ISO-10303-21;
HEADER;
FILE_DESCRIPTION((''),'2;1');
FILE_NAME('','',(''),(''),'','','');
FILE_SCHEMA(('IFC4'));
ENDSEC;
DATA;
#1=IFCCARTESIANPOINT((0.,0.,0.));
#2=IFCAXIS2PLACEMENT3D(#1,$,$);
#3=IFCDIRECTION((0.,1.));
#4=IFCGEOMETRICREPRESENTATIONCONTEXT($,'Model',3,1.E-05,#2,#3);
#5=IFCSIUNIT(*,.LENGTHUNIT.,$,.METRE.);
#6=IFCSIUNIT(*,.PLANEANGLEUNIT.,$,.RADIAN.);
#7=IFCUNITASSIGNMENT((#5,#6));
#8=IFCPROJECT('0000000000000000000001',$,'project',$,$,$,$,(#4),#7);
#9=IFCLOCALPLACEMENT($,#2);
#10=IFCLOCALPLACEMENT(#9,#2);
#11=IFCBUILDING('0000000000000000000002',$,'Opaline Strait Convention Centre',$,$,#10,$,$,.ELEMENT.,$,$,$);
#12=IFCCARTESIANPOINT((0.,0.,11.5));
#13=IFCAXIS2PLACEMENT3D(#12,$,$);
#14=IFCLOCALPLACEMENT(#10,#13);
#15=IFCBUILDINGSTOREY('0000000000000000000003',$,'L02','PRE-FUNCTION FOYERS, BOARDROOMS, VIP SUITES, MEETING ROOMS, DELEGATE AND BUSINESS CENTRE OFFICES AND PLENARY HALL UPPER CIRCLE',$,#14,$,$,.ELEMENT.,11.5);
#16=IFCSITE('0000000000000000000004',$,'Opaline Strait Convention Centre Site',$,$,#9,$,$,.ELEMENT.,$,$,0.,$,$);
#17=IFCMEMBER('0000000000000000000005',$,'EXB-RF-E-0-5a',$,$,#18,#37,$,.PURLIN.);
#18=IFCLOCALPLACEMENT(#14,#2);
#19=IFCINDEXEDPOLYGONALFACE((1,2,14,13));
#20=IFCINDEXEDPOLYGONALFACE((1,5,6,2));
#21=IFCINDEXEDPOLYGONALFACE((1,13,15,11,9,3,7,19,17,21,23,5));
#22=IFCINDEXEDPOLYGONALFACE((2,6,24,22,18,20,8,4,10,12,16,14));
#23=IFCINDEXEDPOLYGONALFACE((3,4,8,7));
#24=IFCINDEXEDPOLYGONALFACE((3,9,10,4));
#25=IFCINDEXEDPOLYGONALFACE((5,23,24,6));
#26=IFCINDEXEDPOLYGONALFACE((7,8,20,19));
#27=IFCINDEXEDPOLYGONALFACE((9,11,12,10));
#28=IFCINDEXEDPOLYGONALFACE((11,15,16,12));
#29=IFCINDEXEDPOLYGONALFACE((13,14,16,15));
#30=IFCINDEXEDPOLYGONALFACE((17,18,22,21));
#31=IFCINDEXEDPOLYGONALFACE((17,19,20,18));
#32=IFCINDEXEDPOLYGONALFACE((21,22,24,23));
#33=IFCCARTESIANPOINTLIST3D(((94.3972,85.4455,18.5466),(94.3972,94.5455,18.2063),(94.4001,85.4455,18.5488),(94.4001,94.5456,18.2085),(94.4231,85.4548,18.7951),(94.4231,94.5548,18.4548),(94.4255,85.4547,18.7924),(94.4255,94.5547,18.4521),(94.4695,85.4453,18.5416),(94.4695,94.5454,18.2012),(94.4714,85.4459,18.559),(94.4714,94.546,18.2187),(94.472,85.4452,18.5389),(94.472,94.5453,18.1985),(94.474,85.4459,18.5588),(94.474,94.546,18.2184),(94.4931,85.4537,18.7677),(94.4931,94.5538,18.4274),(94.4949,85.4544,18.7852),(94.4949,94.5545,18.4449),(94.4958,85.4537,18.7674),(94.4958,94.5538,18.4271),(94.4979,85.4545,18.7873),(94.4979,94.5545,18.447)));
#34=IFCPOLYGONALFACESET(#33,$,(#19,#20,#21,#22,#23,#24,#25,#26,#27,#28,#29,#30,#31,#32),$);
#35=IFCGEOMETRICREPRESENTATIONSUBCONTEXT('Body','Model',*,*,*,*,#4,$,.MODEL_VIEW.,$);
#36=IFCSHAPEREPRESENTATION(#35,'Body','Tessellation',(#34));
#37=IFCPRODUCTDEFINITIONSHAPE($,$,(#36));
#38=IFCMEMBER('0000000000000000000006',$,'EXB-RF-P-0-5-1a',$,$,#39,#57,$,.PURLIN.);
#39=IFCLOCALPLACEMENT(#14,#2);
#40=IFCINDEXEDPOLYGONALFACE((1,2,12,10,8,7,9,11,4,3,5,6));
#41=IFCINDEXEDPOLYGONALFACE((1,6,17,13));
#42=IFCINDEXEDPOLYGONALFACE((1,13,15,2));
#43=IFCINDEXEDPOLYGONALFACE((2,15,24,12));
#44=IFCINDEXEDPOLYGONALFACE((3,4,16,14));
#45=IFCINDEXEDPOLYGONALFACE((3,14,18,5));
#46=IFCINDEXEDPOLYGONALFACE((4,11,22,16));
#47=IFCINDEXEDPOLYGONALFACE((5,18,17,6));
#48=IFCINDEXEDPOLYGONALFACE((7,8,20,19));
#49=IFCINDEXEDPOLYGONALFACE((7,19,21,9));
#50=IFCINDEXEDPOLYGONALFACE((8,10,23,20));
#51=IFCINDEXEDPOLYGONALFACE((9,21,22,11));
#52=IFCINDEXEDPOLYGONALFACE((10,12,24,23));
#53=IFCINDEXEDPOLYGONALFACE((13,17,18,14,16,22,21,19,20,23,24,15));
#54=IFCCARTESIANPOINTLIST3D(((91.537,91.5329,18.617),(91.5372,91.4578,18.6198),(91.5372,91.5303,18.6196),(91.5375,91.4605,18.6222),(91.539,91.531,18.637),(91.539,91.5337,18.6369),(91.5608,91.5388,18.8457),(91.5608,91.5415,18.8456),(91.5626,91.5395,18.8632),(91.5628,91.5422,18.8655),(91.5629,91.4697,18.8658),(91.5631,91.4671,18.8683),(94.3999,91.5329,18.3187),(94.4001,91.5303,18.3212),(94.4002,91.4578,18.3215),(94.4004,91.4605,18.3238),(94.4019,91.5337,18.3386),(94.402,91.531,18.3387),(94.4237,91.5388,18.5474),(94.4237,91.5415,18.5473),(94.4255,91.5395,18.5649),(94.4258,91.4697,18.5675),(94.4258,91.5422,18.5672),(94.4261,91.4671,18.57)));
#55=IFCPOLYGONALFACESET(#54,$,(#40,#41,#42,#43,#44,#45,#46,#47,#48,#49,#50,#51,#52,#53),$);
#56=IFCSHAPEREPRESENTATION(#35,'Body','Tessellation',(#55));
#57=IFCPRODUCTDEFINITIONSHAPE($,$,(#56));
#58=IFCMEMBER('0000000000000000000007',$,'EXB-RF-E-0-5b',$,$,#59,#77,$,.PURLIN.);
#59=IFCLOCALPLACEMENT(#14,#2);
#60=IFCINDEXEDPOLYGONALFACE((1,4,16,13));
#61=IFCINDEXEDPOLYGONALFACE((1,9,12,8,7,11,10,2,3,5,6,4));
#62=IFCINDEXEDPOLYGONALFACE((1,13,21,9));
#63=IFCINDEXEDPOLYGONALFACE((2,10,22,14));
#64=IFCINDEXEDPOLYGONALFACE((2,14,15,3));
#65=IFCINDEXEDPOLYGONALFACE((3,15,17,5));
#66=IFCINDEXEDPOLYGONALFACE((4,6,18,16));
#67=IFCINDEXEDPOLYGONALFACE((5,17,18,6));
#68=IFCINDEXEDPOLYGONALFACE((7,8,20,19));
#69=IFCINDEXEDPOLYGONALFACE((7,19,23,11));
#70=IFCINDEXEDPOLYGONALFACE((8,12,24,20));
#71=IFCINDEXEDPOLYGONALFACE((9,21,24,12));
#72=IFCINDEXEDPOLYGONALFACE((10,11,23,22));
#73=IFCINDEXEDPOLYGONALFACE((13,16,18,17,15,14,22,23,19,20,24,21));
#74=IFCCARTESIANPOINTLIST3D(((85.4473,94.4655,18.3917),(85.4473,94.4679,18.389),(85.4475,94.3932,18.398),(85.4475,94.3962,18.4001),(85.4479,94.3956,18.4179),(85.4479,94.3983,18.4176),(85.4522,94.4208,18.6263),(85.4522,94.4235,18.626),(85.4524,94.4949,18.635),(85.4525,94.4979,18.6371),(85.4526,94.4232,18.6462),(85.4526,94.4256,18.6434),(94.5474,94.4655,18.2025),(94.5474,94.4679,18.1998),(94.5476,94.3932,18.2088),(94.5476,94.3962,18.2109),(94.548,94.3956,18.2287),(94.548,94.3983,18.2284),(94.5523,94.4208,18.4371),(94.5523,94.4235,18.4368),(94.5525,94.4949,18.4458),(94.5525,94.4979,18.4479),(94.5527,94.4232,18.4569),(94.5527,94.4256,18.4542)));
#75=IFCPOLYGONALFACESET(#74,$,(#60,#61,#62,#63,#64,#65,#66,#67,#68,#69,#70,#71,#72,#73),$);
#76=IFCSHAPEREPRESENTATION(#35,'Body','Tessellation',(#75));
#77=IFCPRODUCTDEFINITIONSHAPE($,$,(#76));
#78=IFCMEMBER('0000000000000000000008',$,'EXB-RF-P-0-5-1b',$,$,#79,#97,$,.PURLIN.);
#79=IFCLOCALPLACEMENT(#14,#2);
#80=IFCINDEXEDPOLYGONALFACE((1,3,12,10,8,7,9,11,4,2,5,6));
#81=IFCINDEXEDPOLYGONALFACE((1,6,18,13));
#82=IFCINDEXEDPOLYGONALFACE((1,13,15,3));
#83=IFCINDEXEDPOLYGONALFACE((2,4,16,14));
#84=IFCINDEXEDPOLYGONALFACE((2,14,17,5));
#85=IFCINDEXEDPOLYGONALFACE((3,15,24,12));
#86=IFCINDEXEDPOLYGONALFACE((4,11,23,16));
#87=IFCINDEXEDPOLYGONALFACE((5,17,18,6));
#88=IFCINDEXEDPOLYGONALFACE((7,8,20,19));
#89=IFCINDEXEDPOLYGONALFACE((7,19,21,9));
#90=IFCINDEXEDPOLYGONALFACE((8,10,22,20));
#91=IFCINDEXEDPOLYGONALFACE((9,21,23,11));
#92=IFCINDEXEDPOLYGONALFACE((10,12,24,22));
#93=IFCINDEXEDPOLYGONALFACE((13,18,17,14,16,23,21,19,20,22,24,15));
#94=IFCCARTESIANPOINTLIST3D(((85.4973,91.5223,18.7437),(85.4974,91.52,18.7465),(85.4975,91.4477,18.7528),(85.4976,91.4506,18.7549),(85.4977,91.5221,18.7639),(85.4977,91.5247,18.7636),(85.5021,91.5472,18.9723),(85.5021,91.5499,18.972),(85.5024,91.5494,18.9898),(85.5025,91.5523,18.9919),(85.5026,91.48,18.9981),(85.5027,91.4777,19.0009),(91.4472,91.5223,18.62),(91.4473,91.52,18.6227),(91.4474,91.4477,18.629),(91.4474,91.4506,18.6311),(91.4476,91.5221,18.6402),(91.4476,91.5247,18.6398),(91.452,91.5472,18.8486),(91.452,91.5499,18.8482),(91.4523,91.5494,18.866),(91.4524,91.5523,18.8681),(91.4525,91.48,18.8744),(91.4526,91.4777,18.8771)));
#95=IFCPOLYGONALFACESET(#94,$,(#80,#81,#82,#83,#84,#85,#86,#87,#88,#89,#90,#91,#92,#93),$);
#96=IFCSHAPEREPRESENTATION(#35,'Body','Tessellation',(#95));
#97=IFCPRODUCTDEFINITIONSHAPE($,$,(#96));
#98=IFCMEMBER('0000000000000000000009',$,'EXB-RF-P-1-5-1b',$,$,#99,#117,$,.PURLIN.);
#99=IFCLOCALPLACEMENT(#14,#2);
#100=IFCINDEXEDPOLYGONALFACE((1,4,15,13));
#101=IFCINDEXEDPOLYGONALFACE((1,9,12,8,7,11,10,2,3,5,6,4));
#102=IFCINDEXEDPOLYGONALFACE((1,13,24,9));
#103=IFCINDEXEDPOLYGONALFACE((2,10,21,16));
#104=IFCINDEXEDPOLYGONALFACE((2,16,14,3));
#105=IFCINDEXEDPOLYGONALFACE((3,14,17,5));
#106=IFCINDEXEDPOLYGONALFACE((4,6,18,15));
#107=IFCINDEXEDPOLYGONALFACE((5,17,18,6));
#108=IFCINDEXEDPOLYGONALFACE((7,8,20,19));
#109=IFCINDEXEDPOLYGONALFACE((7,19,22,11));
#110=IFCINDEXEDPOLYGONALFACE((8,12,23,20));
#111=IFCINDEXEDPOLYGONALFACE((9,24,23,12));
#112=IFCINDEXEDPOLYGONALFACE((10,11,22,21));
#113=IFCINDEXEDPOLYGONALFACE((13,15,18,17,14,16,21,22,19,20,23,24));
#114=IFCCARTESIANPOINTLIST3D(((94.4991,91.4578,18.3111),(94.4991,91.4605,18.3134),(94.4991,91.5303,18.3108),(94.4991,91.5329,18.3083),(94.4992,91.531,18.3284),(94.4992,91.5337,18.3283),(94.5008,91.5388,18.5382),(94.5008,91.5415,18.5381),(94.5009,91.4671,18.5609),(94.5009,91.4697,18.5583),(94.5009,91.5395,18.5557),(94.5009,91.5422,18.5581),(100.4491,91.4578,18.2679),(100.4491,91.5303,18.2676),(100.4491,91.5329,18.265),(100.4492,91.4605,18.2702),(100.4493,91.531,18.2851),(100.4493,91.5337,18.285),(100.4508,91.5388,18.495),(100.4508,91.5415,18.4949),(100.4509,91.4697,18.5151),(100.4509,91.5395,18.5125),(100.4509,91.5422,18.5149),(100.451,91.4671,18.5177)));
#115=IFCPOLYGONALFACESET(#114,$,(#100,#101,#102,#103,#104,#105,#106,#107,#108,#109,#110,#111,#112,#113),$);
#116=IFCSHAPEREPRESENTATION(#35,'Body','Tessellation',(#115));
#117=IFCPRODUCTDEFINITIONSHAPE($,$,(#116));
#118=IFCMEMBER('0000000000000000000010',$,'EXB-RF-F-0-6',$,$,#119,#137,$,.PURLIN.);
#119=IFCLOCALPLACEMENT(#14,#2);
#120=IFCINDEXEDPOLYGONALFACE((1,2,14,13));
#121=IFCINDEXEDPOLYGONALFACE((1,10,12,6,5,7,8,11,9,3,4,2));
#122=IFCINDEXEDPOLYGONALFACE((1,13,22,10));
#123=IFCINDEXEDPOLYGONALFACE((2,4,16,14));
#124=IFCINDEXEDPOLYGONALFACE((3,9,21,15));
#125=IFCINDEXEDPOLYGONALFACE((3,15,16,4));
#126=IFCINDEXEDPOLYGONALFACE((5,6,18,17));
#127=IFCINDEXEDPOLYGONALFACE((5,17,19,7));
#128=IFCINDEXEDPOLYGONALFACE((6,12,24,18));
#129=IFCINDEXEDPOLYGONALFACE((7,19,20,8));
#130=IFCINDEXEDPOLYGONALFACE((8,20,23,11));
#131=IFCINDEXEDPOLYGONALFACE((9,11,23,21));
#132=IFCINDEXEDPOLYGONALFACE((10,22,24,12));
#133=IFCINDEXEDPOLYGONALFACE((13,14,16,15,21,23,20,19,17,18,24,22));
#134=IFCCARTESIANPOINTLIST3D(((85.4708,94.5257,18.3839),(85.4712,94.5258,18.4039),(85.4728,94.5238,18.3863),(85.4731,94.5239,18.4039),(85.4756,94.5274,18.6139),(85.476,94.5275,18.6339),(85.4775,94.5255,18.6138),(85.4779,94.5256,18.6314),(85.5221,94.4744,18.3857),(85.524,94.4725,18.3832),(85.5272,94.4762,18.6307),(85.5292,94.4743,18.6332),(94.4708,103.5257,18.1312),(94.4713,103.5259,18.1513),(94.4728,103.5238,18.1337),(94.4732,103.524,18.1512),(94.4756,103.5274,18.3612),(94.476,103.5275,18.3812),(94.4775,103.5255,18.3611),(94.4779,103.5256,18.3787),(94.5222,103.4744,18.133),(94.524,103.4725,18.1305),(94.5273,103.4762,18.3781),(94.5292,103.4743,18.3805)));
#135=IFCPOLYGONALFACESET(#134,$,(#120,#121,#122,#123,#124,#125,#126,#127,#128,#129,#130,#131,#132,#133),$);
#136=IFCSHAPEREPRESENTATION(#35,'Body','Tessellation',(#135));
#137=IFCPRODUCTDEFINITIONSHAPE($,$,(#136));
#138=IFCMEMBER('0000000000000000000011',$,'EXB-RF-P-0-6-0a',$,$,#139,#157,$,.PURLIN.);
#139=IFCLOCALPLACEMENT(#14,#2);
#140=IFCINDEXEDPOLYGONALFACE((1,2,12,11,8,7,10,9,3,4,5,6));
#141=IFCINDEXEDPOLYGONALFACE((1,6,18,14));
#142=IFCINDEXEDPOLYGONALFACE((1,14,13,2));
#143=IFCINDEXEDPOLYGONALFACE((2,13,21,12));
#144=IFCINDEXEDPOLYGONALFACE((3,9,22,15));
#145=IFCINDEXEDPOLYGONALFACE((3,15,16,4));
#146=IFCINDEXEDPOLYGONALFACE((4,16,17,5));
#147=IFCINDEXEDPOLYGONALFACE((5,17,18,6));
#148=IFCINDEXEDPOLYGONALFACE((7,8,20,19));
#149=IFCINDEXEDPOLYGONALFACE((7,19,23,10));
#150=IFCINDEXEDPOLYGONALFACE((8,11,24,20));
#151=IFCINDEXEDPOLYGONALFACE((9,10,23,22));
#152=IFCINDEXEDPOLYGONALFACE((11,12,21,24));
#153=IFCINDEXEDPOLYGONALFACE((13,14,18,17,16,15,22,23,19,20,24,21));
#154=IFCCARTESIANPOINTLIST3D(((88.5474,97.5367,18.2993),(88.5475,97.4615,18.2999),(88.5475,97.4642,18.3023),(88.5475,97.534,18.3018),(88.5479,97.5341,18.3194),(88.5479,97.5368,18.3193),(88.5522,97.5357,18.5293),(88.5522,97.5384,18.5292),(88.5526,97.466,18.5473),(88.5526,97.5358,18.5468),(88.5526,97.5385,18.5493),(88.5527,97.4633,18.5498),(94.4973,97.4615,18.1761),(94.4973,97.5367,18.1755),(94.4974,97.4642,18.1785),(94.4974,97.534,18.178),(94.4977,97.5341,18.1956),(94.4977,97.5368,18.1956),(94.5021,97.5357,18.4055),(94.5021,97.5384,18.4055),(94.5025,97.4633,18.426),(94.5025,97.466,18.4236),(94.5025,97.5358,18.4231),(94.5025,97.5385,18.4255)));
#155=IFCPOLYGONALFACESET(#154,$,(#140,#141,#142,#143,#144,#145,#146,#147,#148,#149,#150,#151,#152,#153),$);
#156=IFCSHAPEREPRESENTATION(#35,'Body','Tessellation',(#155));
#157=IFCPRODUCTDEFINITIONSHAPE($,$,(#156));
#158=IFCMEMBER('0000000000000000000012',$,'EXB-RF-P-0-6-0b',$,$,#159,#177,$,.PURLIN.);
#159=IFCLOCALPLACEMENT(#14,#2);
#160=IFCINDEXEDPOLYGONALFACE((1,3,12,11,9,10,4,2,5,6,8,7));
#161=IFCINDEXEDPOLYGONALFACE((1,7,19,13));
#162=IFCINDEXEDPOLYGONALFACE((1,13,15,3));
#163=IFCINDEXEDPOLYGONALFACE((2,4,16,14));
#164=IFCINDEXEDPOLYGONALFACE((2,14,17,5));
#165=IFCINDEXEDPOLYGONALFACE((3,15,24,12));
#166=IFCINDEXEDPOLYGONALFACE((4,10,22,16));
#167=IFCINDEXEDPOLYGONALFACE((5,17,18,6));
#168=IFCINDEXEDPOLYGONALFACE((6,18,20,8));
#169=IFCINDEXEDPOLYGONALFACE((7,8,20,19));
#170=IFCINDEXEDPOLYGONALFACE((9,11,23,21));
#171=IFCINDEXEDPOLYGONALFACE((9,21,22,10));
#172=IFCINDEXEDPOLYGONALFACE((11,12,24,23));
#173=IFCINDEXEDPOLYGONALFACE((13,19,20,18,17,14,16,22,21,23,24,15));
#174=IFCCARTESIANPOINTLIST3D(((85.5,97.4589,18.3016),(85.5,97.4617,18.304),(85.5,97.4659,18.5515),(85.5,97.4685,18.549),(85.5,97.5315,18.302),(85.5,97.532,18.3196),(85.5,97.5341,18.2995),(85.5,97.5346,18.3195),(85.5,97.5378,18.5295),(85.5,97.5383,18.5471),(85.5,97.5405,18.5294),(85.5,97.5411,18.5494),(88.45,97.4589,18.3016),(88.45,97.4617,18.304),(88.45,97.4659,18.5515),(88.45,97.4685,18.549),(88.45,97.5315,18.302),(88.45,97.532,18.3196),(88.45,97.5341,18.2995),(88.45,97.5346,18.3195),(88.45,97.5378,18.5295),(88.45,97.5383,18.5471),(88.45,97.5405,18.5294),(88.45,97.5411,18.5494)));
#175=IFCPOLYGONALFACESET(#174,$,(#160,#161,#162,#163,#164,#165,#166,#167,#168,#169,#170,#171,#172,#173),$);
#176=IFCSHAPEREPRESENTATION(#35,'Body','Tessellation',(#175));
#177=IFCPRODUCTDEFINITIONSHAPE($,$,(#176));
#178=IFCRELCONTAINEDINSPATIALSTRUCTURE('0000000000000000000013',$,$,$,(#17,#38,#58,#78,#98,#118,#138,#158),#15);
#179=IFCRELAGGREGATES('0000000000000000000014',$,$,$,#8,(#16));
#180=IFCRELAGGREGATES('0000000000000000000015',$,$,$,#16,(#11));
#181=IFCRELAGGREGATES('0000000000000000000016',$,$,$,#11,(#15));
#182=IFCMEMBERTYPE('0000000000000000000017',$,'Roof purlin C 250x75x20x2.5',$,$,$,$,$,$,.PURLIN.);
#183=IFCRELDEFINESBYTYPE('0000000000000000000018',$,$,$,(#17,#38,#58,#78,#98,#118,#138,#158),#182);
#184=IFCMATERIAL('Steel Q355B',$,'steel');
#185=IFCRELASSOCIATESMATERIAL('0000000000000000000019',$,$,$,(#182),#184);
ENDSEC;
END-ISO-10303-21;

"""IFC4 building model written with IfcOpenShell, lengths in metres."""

from ifc_helpers import new_model, si_unit, direction, frame, origin, place, context, subcontext, project, spatial, polyline, outline, extrude, material, material_profile, profile_set, type_object, element, save


model = new_model("IFC4")

# Units and contexts
model_context = context("Model", 3, precision=1e-05, world=origin(), true_north=direction((0.0, 1.0)))
body_context = subcontext(model_context, "Body", "Model", "MODEL_VIEW")
ifc_project = project(units=[si_unit("LENGTHUNIT", "METRE"), si_unit("PLANEANGLEUNIT", "RADIAN")], contexts=[model_context])

# Site, building, storey
site_placement = place(None, origin())
site = spatial("IfcSite", under=ifc_project, at=site_placement, Name="Opaline Strait Convention Centre Site", CompositionType="ELEMENT", RefElevation=0.0)
building_placement = place(site_placement, origin())
building = spatial("IfcBuilding", under=site, at=building_placement, Name="Opaline Strait Convention Centre", CompositionType="ELEMENT")
storey_placement = place(building_placement, frame((0.0, 0.0, 11.5)))
storey = spatial("IfcBuildingStorey", under=building, at=storey_placement, Name="L02", Description="PRE-FUNCTION FOYERS, BOARDROOMS, VIP SUITES, MEETING ROOMS, DELEGATE AND BUSINESS CENTRE OFFICES AND PLENARY HALL UPPER CIRCLE", CompositionType="ELEMENT", Elevation=11.5)

# Members
ifc_material_1 = material(Name="Steel Q355B", Category="steel")
ifc_material_profile_1 = material_profile(ifc_material_1, outline(polyline([(-0.0376, -0.125), (0.0376, -0.125), (0.0376, -0.105), (0.0349, -0.105), (0.0349, -0.1226), (-0.0349, -0.1226), (-0.0349, 0.1226), (0.0349, 0.1226), (0.0349, 0.105), (0.0376, 0.105), (0.0376, 0.125), (-0.0376, 0.125), (-0.0376, -0.125)])), Name="C 250x75x20x2.5")
ifc_profile_set_1 = profile_set([ifc_material_profile_1], Name="Steel Q355B")
member_type_1 = type_object("IfcMemberType", Name="Roof purlin C 250x75x20x2.5", PredefinedType="PURLIN", material=ifc_profile_set_1)
member_1_placement = place(storey_placement, frame((94.4475, 94.55, 18.3267), z_axis=(0.0, -0.999301, 0.037373), x_axis=(0.99462, -0.003871, -0.103515)))
element("IfcMember", 1, at=member_1_placement, inside=storey, type_object=member_type_1, Name="EXB-RF-E-0-5a", PredefinedType="PURLIN", context=body_context, shape_type="SweptSolid", body=[
    extrude(outline(polyline([(-0.0376, -0.125), (0.0376, -0.125), (0.0376, -0.105), (0.0349, -0.105), (0.0349, -0.1226), (-0.0349, -0.1226), (-0.0349, 0.1226), (0.0349, 0.1226), (0.0349, 0.105), (0.0376, 0.105), (0.0376, 0.125), (-0.0376, 0.125), (-0.0376, -0.125)])), origin(), (0.0, 0.0, 1.0), 9.1064),
])
member_2_placement = place(storey_placement, frame((91.55, 91.5, 18.7427), z_axis=(0.994615, 0.0, -0.103643), x_axis=(-0.003871, 0.999302, -0.037151)))
element("IfcMember", 2, at=member_2_placement, inside=storey, type_object=member_type_1, Name="EXB-RF-P-0-5-1a", PredefinedType="PURLIN", context=body_context, shape_type="SweptSolid", body=[
    extrude(outline(polyline([(-0.0376, -0.125), (0.0376, -0.125), (0.0376, -0.105), (0.0349, -0.105), (0.0349, -0.1226), (-0.0349, -0.1226), (-0.0349, 0.1226), (0.0349, 0.1226), (0.0349, 0.105), (0.0376, 0.105), (0.0376, 0.125), (-0.0376, 0.125), (-0.0376, -0.125)])), origin(), (0.0, 0.0, 1.0), 2.8784),
])
member_3_placement = place(storey_placement, frame((94.55, 94.4456, 18.3284), z_axis=(-0.999784, 0.0, 0.020787), x_axis=(0.002492, -0.992786, 0.11987)))
element("IfcMember", 3, at=member_3_placement, inside=storey, type_object=member_type_1, Name="EXB-RF-E-0-5b", PredefinedType="PURLIN", context=body_context, shape_type="SweptSolid", body=[
    extrude(outline(polyline([(-0.0376, -0.125), (0.0376, -0.125), (0.0376, -0.105), (0.0349, -0.105), (0.0349, -0.1226), (-0.0349, -0.1226), (-0.0349, 0.1226), (0.0349, 0.1226), (0.0349, 0.105), (0.0376, 0.105), (0.0376, 0.125), (-0.0376, 0.125), (-0.0376, -0.125)])), origin(), (0.0, 0.0, 1.0), 9.1021),
])
member_4_placement = place(storey_placement, frame((85.5, 91.5, 18.8723), z_axis=(0.999784, 0.0, -0.020799), x_axis=(-0.002494, 0.992783, -0.119896)))
element("IfcMember", 4, at=member_4_placement, inside=storey, type_object=member_type_1, Name="EXB-RF-P-0-5-1b", PredefinedType="PURLIN", context=body_context, shape_type="SweptSolid", body=[
    extrude(outline(polyline([(-0.0376, -0.125), (0.0376, -0.125), (0.0376, -0.105), (0.0349, -0.105), (0.0349, -0.1226), (-0.0349, -0.1226), (-0.0349, 0.1226), (0.0349, 0.1226), (0.0349, 0.105), (0.0376, 0.105), (0.0376, 0.125), (-0.0376, 0.125), (-0.0376, -0.125)])), origin(), (0.0, 0.0, 1.0), 5.9512),
])
member_5_placement = place(storey_placement, frame((94.5, 91.5, 18.4346), z_axis=(0.999974, 0.0, -0.007263), x_axis=(-0.000271, 0.999302, -0.037351)))
element("IfcMember", 5, at=member_5_placement, inside=storey, type_object=member_type_1, Name="EXB-RF-P-1-5-1b", PredefinedType="PURLIN", context=body_context, shape_type="SweptSolid", body=[
    extrude(outline(polyline([(-0.0376, -0.125), (0.0376, -0.125), (0.0376, -0.105), (0.0349, -0.105), (0.0349, -0.1226), (-0.0349, -0.1226), (-0.0349, 0.1226), (0.0349, 0.1226), (0.0349, 0.105), (0.0376, 0.105), (0.0376, 0.125), (-0.0376, 0.125), (-0.0376, -0.125)])), origin(), (0.0, 0.0, 1.0), 5.9502),
])
member_6_placement = place(storey_placement, frame((85.5, 94.5, 18.5085), z_axis=(0.706967, 0.706967, -0.019849), x_axis=(-0.70694, 0.707209, 0.009562)))
element("IfcMember", 6, at=member_6_placement, inside=storey, type_object=member_type_1, Name="EXB-RF-F-0-6", PredefinedType="PURLIN", context=body_context, shape_type="SweptSolid", body=[
    extrude(outline(polyline([(-0.0376, -0.125), (0.0376, -0.125), (0.0376, -0.105), (0.0349, -0.105), (0.0349, -0.1226), (-0.0349, -0.1226), (-0.0349, 0.1226), (0.0349, 0.1226), (0.0349, 0.105), (0.0376, 0.105), (0.0376, 0.125), (-0.0376, 0.125), (-0.0376, -0.125)])), origin(), (0.0, 0.0, 1.0), 12.7305),
])
member_7_placement = place(storey_placement, frame((88.55, 97.5, 18.4246), z_axis=(0.999784, 0.0, -0.020799), x_axis=(-0.000151, 0.999974, -0.007273)))
element("IfcMember", 7, at=member_7_placement, inside=storey, type_object=member_type_1, Name="EXB-RF-P-0-6-0a", PredefinedType="PURLIN", context=body_context, shape_type="SweptSolid", body=[
    extrude(outline(polyline([(-0.0376, -0.125), (0.0376, -0.125), (0.0376, -0.105), (0.0349, -0.105), (0.0349, -0.1226), (-0.0349, -0.1226), (-0.0349, 0.1226), (0.0349, 0.1226), (0.0349, 0.105), (0.0376, 0.105), (0.0376, 0.125), (-0.0376, 0.125), (-0.0376, -0.125)])), origin(), (0.0, 0.0, 1.0), 5.9512),
])
member_8_placement = place(storey_placement, frame((85.5, 97.5, 18.4255), z_axis=(1.0, 0.0, 0.0), x_axis=(0.0, 0.999606, -0.028066)))
element("IfcMember", 8, at=member_8_placement, inside=storey, type_object=member_type_1, Name="EXB-RF-P-0-6-0b", PredefinedType="PURLIN", context=body_context, shape_type="SweptSolid", body=[
    extrude(outline(polyline([(-0.0376, -0.125), (0.0376, -0.125), (0.0376, -0.105), (0.0349, -0.105), (0.0349, -0.1226), (-0.0349, -0.1226), (-0.0349, 0.1226), (0.0349, 0.1226), (0.0349, 0.105), (0.0376, 0.105), (0.0376, 0.125), (-0.0376, 0.125), (-0.0376, -0.125)])), origin(), (0.0, 0.0, 1.0), 2.95),
])

save(model, "model.ifc")
